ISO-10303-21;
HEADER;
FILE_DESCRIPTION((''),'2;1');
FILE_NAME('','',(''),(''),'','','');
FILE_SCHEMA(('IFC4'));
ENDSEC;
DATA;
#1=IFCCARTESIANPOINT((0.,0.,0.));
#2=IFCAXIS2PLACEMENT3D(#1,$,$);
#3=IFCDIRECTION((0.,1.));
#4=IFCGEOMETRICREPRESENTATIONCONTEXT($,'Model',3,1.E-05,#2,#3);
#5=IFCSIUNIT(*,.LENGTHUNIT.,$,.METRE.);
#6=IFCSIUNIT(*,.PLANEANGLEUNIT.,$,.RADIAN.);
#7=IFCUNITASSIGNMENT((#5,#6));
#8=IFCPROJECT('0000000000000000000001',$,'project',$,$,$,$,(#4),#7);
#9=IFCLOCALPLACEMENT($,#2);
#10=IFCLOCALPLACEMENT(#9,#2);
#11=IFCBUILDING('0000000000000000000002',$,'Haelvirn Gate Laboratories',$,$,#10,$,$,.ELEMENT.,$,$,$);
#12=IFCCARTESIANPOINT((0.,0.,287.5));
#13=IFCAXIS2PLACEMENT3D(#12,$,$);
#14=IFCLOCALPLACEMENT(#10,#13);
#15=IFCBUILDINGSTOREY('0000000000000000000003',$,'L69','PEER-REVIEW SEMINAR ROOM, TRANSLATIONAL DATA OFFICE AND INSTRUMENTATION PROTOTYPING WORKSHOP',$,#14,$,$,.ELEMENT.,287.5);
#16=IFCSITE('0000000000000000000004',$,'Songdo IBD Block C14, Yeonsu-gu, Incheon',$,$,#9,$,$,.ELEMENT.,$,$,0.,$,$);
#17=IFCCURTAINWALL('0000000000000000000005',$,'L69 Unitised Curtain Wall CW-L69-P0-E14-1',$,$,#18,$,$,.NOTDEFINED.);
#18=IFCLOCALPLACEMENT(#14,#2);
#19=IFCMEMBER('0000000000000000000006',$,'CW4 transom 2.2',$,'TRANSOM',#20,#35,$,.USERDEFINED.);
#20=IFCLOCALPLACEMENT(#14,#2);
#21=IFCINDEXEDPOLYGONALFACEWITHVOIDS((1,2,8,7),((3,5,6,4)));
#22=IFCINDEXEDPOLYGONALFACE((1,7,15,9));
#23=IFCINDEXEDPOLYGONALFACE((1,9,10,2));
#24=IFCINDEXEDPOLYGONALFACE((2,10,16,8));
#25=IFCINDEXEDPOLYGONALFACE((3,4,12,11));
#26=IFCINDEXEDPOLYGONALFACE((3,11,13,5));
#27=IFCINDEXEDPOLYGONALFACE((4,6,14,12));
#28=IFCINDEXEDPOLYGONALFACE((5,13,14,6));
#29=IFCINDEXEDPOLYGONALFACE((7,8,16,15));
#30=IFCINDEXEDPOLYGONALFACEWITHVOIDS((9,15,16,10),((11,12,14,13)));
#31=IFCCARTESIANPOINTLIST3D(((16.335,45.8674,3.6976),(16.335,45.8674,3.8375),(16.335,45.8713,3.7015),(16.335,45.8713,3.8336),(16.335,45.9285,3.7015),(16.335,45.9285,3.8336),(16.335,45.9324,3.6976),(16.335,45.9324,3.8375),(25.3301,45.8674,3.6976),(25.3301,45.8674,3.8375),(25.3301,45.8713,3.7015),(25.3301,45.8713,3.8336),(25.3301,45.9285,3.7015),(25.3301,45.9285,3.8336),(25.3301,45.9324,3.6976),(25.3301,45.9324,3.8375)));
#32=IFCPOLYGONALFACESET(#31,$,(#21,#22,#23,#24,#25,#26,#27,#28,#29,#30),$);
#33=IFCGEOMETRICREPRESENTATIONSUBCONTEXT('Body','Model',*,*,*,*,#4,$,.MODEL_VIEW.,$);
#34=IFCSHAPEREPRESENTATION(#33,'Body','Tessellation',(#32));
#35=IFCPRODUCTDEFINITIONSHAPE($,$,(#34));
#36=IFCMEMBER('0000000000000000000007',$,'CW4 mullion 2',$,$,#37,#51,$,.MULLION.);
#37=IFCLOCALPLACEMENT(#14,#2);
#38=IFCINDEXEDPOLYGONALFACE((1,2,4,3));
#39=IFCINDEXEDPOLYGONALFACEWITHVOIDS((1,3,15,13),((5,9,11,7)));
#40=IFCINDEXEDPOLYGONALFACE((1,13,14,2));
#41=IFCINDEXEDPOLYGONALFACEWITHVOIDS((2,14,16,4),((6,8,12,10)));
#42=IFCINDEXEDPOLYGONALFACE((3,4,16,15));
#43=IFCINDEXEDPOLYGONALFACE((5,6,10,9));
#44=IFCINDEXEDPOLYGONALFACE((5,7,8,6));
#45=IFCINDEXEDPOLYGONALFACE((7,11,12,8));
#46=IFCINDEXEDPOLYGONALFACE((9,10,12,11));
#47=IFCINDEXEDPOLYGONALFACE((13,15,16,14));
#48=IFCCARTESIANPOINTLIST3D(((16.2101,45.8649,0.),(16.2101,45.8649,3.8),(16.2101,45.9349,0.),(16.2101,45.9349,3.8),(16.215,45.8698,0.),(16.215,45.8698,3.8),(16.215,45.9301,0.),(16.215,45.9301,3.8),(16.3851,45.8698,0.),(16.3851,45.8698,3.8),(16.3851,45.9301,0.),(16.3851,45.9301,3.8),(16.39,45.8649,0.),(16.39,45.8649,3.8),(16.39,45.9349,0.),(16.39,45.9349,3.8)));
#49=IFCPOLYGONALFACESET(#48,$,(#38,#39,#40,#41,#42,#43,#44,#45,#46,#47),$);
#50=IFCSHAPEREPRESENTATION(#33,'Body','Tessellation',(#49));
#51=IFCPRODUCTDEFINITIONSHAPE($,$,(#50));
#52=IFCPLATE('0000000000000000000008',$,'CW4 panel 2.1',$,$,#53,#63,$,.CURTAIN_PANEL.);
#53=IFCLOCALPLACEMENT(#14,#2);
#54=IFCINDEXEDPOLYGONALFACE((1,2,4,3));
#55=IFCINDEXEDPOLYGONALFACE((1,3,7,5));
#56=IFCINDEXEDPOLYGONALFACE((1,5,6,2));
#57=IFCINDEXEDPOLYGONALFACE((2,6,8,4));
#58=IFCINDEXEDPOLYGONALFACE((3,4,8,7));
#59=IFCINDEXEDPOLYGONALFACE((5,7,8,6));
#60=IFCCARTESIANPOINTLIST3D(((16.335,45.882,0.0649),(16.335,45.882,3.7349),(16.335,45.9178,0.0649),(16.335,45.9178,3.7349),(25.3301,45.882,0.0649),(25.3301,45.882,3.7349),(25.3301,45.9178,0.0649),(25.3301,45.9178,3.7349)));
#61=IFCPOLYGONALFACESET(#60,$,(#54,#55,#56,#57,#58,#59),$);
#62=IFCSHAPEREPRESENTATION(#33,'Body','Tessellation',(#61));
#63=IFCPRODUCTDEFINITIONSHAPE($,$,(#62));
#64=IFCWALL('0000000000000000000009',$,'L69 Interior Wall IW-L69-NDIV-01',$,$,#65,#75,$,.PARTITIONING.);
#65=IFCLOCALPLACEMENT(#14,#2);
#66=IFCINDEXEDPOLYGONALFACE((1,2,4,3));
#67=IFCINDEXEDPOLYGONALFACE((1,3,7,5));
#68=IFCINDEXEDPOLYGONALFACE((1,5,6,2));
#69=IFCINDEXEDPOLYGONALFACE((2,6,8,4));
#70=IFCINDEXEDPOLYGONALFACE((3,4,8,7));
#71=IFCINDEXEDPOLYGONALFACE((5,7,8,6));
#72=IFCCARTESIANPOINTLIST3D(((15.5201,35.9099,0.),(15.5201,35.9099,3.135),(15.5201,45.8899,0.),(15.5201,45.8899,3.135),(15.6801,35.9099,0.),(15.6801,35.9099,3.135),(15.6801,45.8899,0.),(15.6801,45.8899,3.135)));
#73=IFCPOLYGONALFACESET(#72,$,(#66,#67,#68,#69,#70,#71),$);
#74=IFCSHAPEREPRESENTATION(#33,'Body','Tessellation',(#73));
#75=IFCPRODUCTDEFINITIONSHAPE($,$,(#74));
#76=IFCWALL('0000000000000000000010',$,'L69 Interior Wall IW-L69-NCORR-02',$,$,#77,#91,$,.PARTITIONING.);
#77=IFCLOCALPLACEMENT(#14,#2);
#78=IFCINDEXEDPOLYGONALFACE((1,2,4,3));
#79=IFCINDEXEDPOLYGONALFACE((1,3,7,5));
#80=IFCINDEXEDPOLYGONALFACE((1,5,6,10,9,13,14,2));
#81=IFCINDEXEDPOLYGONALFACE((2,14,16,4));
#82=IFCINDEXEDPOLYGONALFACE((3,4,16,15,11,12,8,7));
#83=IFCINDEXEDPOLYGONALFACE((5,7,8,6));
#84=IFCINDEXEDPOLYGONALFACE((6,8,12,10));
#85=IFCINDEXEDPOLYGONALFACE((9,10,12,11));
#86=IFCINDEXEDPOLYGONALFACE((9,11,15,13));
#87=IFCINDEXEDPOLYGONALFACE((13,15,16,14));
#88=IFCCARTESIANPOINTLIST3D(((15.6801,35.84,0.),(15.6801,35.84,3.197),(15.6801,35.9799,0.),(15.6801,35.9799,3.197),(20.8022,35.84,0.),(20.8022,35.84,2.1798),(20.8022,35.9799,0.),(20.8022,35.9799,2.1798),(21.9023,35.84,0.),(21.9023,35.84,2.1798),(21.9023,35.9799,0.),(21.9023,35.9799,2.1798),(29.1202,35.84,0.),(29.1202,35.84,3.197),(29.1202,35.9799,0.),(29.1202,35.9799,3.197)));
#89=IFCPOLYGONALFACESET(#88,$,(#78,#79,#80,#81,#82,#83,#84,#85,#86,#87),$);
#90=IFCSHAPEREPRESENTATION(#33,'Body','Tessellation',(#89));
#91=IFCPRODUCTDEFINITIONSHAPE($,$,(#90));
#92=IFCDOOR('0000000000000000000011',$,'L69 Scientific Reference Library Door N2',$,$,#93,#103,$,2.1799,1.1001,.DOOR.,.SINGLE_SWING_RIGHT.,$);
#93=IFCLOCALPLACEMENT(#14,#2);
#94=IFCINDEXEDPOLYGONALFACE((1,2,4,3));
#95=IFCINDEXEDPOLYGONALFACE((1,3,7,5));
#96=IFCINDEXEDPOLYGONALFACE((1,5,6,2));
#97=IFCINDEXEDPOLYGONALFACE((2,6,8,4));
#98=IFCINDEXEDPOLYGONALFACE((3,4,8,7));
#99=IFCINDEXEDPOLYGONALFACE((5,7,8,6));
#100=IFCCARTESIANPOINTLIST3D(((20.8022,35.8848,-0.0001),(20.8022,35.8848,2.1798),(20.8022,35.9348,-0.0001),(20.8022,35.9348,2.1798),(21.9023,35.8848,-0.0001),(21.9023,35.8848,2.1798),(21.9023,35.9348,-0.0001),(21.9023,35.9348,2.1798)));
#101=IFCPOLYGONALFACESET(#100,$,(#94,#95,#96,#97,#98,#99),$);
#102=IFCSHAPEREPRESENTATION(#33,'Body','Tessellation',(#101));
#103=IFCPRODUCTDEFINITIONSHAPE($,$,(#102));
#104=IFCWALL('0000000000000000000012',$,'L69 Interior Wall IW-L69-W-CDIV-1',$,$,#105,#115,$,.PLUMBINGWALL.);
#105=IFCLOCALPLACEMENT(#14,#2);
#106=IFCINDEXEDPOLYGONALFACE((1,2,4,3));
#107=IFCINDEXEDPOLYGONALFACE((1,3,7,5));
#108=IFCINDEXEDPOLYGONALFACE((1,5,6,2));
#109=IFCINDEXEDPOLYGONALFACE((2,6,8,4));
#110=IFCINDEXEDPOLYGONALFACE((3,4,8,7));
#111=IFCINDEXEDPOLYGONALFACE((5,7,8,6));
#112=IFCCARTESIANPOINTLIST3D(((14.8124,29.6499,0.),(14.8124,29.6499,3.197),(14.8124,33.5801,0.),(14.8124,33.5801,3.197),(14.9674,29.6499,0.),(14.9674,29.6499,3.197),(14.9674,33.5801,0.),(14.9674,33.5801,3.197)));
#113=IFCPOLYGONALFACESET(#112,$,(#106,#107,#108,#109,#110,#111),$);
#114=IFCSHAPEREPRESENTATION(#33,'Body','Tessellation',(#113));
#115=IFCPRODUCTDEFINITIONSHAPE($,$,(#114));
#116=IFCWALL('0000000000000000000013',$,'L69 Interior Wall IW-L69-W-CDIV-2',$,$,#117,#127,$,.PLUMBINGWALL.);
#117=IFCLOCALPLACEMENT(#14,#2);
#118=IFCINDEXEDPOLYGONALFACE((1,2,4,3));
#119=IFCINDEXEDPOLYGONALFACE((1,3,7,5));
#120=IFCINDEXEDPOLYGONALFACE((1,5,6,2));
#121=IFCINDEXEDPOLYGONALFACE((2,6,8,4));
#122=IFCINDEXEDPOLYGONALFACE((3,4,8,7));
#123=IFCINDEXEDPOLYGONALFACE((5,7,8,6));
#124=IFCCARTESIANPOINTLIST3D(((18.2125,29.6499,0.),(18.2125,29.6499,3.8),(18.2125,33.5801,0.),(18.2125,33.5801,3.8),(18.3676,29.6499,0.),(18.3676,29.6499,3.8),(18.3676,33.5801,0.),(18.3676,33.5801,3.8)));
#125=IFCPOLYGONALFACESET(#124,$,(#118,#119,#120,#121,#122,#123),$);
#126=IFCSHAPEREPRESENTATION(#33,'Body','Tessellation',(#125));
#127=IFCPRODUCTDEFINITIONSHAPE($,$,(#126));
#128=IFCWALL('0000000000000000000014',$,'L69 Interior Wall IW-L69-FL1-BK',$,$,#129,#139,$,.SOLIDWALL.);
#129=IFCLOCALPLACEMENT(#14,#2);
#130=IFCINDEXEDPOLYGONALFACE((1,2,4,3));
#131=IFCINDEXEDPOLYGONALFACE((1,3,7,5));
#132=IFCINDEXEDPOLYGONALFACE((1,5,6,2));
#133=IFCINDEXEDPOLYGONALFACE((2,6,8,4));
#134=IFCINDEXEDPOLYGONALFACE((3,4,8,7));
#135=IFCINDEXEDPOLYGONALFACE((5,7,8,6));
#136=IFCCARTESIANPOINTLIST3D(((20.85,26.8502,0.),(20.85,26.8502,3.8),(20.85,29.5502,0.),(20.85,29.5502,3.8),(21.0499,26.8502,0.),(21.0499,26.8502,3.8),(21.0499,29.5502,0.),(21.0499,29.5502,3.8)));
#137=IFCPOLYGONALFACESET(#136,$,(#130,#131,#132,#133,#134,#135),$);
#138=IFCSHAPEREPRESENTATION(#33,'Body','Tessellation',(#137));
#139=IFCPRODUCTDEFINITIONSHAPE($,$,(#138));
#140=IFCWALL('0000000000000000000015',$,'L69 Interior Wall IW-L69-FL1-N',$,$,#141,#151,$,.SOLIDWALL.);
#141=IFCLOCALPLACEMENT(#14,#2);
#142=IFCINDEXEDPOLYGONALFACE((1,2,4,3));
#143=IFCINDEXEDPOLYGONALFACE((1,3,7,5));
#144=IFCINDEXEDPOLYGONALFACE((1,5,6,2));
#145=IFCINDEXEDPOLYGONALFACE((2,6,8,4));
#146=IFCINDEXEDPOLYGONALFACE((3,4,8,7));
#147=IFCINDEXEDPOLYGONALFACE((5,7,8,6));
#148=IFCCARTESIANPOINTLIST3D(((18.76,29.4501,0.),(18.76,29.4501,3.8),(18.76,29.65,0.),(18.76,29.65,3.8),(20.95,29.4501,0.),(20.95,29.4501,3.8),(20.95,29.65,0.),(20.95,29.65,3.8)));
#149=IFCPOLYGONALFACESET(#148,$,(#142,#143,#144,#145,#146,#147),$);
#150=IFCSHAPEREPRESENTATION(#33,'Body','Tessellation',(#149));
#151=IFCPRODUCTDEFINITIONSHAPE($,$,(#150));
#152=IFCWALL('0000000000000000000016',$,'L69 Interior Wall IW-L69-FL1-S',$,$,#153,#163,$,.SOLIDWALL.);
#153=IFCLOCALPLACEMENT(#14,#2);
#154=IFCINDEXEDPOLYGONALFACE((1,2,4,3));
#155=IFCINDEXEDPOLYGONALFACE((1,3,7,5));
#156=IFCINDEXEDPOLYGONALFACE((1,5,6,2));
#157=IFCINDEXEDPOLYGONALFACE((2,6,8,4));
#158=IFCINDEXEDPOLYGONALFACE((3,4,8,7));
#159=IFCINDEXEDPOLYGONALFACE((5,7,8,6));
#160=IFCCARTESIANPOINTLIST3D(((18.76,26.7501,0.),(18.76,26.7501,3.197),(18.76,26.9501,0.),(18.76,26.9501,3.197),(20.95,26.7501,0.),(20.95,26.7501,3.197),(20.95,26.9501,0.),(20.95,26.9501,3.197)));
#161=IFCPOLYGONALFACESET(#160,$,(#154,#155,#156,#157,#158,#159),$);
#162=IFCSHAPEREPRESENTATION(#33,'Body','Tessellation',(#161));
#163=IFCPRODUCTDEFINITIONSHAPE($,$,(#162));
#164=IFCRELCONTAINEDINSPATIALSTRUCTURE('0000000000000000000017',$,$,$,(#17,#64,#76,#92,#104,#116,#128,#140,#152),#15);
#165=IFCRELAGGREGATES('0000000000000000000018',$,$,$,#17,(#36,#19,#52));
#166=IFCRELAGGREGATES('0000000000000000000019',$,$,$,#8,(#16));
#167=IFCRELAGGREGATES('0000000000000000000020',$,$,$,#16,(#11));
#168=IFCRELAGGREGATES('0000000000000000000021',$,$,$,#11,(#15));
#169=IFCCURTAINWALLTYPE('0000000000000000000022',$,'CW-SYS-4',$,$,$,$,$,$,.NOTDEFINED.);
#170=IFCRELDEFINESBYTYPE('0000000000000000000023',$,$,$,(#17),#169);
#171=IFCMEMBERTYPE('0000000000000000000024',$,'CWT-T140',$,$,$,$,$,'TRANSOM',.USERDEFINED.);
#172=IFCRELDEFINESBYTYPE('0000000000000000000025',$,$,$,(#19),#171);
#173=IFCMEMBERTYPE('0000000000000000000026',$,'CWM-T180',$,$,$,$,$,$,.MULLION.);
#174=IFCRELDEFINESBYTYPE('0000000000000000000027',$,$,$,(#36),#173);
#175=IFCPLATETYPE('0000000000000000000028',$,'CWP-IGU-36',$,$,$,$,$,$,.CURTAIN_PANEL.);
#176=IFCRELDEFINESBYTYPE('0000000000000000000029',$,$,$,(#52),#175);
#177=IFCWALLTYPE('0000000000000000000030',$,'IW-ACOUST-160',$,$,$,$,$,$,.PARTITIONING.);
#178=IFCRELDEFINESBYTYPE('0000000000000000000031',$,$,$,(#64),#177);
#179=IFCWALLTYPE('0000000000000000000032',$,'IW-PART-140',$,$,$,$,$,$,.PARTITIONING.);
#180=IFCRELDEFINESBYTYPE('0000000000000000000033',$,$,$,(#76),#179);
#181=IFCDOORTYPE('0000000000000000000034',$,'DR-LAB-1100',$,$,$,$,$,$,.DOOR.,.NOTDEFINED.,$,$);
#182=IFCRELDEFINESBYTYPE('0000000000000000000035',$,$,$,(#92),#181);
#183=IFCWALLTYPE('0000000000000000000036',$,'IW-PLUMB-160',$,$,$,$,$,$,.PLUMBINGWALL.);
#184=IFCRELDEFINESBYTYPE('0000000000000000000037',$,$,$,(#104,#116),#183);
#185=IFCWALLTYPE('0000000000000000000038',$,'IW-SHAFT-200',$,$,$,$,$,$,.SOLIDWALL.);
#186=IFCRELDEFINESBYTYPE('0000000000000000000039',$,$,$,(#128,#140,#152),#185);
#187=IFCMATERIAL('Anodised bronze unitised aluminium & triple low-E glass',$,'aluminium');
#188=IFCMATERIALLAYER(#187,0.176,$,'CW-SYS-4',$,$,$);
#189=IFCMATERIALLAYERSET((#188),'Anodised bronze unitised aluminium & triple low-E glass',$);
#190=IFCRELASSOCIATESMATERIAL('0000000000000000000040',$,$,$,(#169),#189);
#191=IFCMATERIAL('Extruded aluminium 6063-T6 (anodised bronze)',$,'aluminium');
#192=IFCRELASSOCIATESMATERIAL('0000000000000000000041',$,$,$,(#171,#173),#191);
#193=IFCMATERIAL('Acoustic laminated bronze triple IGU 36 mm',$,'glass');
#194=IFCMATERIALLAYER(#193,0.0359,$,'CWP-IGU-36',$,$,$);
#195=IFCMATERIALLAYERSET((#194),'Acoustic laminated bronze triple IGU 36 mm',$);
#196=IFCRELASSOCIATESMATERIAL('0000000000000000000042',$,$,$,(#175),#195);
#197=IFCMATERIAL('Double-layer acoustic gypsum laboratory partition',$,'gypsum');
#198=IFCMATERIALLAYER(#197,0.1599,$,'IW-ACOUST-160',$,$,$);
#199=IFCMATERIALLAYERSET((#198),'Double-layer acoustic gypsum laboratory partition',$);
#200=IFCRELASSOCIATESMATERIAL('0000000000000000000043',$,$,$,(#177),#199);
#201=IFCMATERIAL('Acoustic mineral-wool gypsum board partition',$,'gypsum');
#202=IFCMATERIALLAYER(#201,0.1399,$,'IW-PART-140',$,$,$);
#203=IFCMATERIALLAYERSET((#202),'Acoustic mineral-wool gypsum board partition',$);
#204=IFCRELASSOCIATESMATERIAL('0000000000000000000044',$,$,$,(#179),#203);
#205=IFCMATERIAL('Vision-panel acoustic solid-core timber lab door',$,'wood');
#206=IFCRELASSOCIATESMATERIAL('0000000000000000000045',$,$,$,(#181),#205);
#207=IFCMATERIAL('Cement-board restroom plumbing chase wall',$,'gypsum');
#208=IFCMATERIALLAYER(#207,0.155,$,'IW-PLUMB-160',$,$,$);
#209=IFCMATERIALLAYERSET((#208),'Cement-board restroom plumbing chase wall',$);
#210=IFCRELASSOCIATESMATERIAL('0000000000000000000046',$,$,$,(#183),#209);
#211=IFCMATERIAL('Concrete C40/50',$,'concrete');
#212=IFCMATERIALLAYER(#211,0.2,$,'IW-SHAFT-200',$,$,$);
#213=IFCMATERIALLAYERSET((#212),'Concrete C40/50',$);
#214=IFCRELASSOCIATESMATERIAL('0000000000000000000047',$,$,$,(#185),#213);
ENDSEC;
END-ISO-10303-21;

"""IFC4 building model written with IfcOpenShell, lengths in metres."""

from ifc_helpers import new_model, si_unit, direction, frame, frame_2d, origin, origin_2d, place, context, subcontext, project, spatial, rectangle, hollow_rectangle, extrude, source, transform, mapped, material, layer, layer_set, material_profile, profile_set, type_object, type_shapes, element, fill, aggregate, save


model = new_model("IFC4")

# Units and contexts
model_context = context("Model", 3, precision=1e-05, world=origin(), true_north=direction((0.0, 1.0)))
body_context = subcontext(model_context, "Body", "Model", "MODEL_VIEW")
ifc_project = project(units=[si_unit("LENGTHUNIT", "METRE"), si_unit("PLANEANGLEUNIT", "RADIAN")], contexts=[model_context])

# Site, building, storey
site_placement = place(None, origin())
site = spatial("IfcSite", under=ifc_project, at=site_placement, Name="Songdo IBD Block C14, Yeonsu-gu, Incheon", CompositionType="ELEMENT", RefElevation=0.0)
building_placement = place(site_placement, origin())
building = spatial("IfcBuilding", under=site, at=building_placement, Name="Haelvirn Gate Laboratories", CompositionType="ELEMENT")
storey_placement = place(building_placement, frame((0.0, 0.0, 287.5)))
storey = spatial("IfcBuildingStorey", under=building, at=storey_placement, Name="L69", Description="PEER-REVIEW SEMINAR ROOM, TRANSLATIONAL DATA OFFICE AND INSTRUMENTATION PROTOTYPING WORKSHOP", CompositionType="ELEMENT", Elevation=287.5)

# Curtain wall, members, plate
ifc_material_1 = material(Name="Anodised bronze unitised aluminium & triple low-E glass", Category="aluminium")
ifc_layer_1 = layer(ifc_material_1, 0.176, Name="CW-SYS-4")
ifc_layer_set_1 = layer_set([ifc_layer_1], Name="Anodised bronze unitised aluminium & triple low-E glass")
curtain_wall_type = type_object("IfcCurtainWallType", Name="CW-SYS-4", PredefinedType="NOTDEFINED", material=ifc_layer_set_1)
curtain_wall_placement = place(storey_placement, origin())
curtain_wall = element("IfcCurtainWall", 1, at=curtain_wall_placement, inside=storey, type_object=curtain_wall_type, Name="L69 Unitised Curtain Wall CW-L69-P0-E14-1", PredefinedType="NOTDEFINED")
ifc_material_2 = material(Name="Extruded aluminium 6063-T6 (anodised bronze)", Category="aluminium")
ifc_material_profile_1 = material_profile(ifc_material_2, hollow_rectangle(XDim=0.0649, YDim=0.1399, WallThickness=0.0039, at=origin_2d()), Name="CWT-140x65x4")
ifc_profile_set_1 = profile_set([ifc_material_profile_1], Name="Extruded aluminium 6063-T6 (anodised bronze)")
member_type_1 = type_object("IfcMemberType", Name="CWT-T140", ElementType="TRANSOM", PredefinedType="USERDEFINED", material=ifc_profile_set_1)
shared_shape_1 = source(origin(), body_context, "Body", "SweptSolid", [
    extrude(hollow_rectangle(XDim=0.0649, YDim=0.1399, WallThickness=0.0039, at=origin_2d()), origin(), (0.0, 0.0, 1.0), 8.9951),
])
type_shapes(member_type_1, [shared_shape_1])
member_1_placement = place(storey_placement, frame((16.335, 45.8999, 3.7676), z_axis=(1.0, 0.0, 0.0), x_axis=(0.0, 1.0, 0.0)))
member_1 = element("IfcMember", 2, at=member_1_placement, type_object=member_type_1, Name="CW4 transom 2.2", ObjectType="TRANSOM", PredefinedType="USERDEFINED", context=body_context, shape_type="MappedRepresentation", body=[
    mapped(shared_shape_1, transform((0.0, 0.0, 0.0), scale=1.0)),
])
ifc_material_profile_2 = material_profile(ifc_material_2, hollow_rectangle(XDim=0.0701, YDim=0.1799, WallThickness=0.0049, at=origin_2d()), Name="CWM-180x70x5")
ifc_profile_set_2 = profile_set([ifc_material_profile_2], Name="Extruded aluminium 6063-T6 (anodised bronze)")
member_type_2 = type_object("IfcMemberType", Name="CWM-T180", PredefinedType="MULLION", material=ifc_profile_set_2)
shared_shape_2 = source(origin(), body_context, "Body", "SweptSolid", [
    extrude(hollow_rectangle(XDim=0.0701, YDim=0.1799, WallThickness=0.0049, at=origin_2d()), origin(), (0.0, 0.0, 1.0), 3.8),
])
type_shapes(member_type_2, [shared_shape_2])
member_2_placement = place(storey_placement, frame((16.3, 45.8999, 0.0), z_axis=(0.0, 0.0, 1.0), x_axis=(0.0, 1.0, 0.0)))
member_2 = element("IfcMember", 3, at=member_2_placement, type_object=member_type_2, Name="CW4 mullion 2", PredefinedType="MULLION", context=body_context, shape_type="MappedRepresentation", body=[
    mapped(shared_shape_2, transform((0.0, 0.0, 0.0), scale=1.0)),
])
ifc_material_3 = material(Name="Acoustic laminated bronze triple IGU 36 mm", Category="glass")
ifc_layer_2 = layer(ifc_material_3, 0.0359, Name="CWP-IGU-36")
ifc_layer_set_2 = layer_set([ifc_layer_2], Name="Acoustic laminated bronze triple IGU 36 mm")
plate_type = type_object("IfcPlateType", Name="CWP-IGU-36", PredefinedType="CURTAIN_PANEL", material=ifc_layer_set_2)
shared_shape_3 = source(origin(), body_context, "Body", "SweptSolid", [
    extrude(rectangle(XDim=8.9951, YDim=0.0359, at=origin_2d()), origin(), (0.0, 0.0, 1.0), 3.6699),
])
type_shapes(plate_type, [shared_shape_3])
plate_placement = place(storey_placement, frame((20.8325, 45.8999, 0.0649), z_axis=(0.0, 0.0, 1.0), x_axis=(1.0, 0.0, 0.0)))
plate = element("IfcPlate", 4, at=plate_placement, type_object=plate_type, Name="CW4 panel 2.1", PredefinedType="CURTAIN_PANEL", context=body_context, shape_type="MappedRepresentation", body=[
    mapped(shared_shape_3, transform((0.0, 0.0, 0.0), scale=1.0)),
])
aggregate(curtain_wall, [member_2, member_1, plate])

# Wall
ifc_material_4 = material(Name="Double-layer acoustic gypsum laboratory partition", Category="gypsum")
ifc_layer_3 = layer(ifc_material_4, 0.1599, Name="IW-ACOUST-160")
ifc_layer_set_3 = layer_set([ifc_layer_3], Name="Double-layer acoustic gypsum laboratory partition")
wall_type_1 = type_object("IfcWallType", Name="IW-ACOUST-160", PredefinedType="PARTITIONING", material=ifc_layer_set_3)
wall_1_placement = place(storey_placement, frame((15.6001, 35.9099, 0.0), z_axis=(0.0, 0.0, 1.0), x_axis=(0.0, 1.0, 0.0)))
element("IfcWall", 5, at=wall_1_placement, inside=storey, type_object=wall_type_1, Name="L69 Interior Wall IW-L69-NDIV-01", PredefinedType="PARTITIONING", context=body_context, shape_type="SweptSolid", body=[
    extrude(rectangle(XDim=9.98, YDim=0.1599, at=frame_2d((4.99, 0.0))), origin(), (0.0, 0.0, 1.0), 3.135),
])

# Wall, opening, door
ifc_material_5 = material(Name="Acoustic mineral-wool gypsum board partition", Category="gypsum")
ifc_layer_4 = layer(ifc_material_5, 0.1399, Name="IW-PART-140")
ifc_layer_set_4 = layer_set([ifc_layer_4], Name="Acoustic mineral-wool gypsum board partition")
wall_type_2 = type_object("IfcWallType", Name="IW-PART-140", PredefinedType="PARTITIONING", material=ifc_layer_set_4)
wall_2_placement = place(storey_placement, frame((15.6799, 35.9099, 0.0), z_axis=(0.0, 0.0, 1.0), x_axis=(1.0, 0.0, 0.0)))
wall_2 = element("IfcWall", 6, at=wall_2_placement, inside=storey, type_object=wall_type_2, Name="L69 Interior Wall IW-L69-NCORR-02", PredefinedType="PARTITIONING", context=body_context, shape_type="SweptSolid", body=[
    extrude(rectangle(XDim=13.4402, YDim=0.1399, at=frame_2d((6.7202, 0.0))), origin(), (0.0, 0.0, 1.0), 3.197),
])
opening_placement = place(wall_2_placement, frame((5.1223, 0.0, 0.0)))
opening = element("IfcOpeningElement", 7, at=opening_placement, cuts=wall_2, PredefinedType="OPENING", context=body_context, shape_type="SweptSolid", body=[
    extrude(rectangle(XDim=1.1001, YDim=2.1799, at=frame_2d((0.55, 1.0898))), frame((0.0, 0.0801, 0.0), z_axis=(0.0, -1.0, 0.0), x_axis=(1.0, 0.0, 0.0)), (0.0, 0.0, 1.0), 0.1599),
])
ifc_material_6 = material(Name="Vision-panel acoustic solid-core timber lab door", Category="wood")
door_type = type_object("IfcDoorType", Name="DR-LAB-1100", OperationType="NOTDEFINED", PredefinedType="DOOR", material=ifc_material_6)
shared_shape_4 = source(origin(), body_context, "Body", "SweptSolid", [
    extrude(rectangle(XDim=1.1001, YDim=2.1799, at=frame_2d((0.55, 1.0898))), frame((0.0, 0.0249, 0.0), z_axis=(0.0, -1.0, 0.0), x_axis=(1.0, 0.0, 0.0)), (0.0, 0.0, 1.0), 0.05),
])
type_shapes(door_type, [shared_shape_4])
door_placement = place(opening_placement, origin())
door = element("IfcDoor", 8, at=door_placement, inside=storey, type_object=door_type, Name="L69 Scientific Reference Library Door N2", OperationType="SINGLE_SWING_RIGHT", OverallHeight=2.1799, OverallWidth=1.1001, PredefinedType="DOOR", context=body_context, shape_type="MappedRepresentation", body=[
    mapped(shared_shape_4, transform((0.0, 0.0, 0.0), scale=1.0)),
])
fill(opening, door)

# Walls
ifc_material_7 = material(Name="Cement-board restroom plumbing chase wall", Category="gypsum")
ifc_layer_5 = layer(ifc_material_7, 0.155, Name="IW-PLUMB-160")
ifc_layer_set_5 = layer_set([ifc_layer_5], Name="Cement-board restroom plumbing chase wall")
wall_type_3 = type_object("IfcWallType", Name="IW-PLUMB-160", PredefinedType="PLUMBINGWALL", material=ifc_layer_set_5)
wall_3_placement = place(storey_placement, frame((14.8899, 29.6499, 0.0), z_axis=(0.0, 0.0, 1.0), x_axis=(0.0, 1.0, 0.0)))
element("IfcWall", 9, at=wall_3_placement, inside=storey, type_object=wall_type_3, Name="L69 Interior Wall IW-L69-W-CDIV-1", PredefinedType="PLUMBINGWALL", context=body_context, shape_type="SweptSolid", body=[
    extrude(rectangle(XDim=3.9302, YDim=0.155, at=frame_2d((1.9651, 0.0))), origin(), (0.0, 0.0, 1.0), 3.197),
])
wall_4_placement = place(storey_placement, frame((18.29, 29.6499, 0.0), z_axis=(0.0, 0.0, 1.0), x_axis=(0.0, 1.0, 0.0)))
element("IfcWall", 10, at=wall_4_placement, inside=storey, type_object=wall_type_3, Name="L69 Interior Wall IW-L69-W-CDIV-2", PredefinedType="PLUMBINGWALL", context=body_context, shape_type="SweptSolid", body=[
    extrude(rectangle(XDim=3.9302, YDim=0.155, at=frame_2d((1.9651, 0.0))), origin(), (0.0, 0.0, 1.0), 3.8),
])
ifc_material_8 = material(Name="Concrete C40/50", Category="concrete")
ifc_layer_6 = layer(ifc_material_8, 0.2, Name="IW-SHAFT-200")
ifc_layer_set_6 = layer_set([ifc_layer_6], Name="Concrete C40/50")
wall_type_4 = type_object("IfcWallType", Name="IW-SHAFT-200", PredefinedType="SOLIDWALL", material=ifc_layer_set_6)
wall_5_placement = place(storey_placement, frame((20.95, 26.8501, 0.0), z_axis=(0.0, 0.0, 1.0), x_axis=(0.0, 1.0, 0.0)))
element("IfcWall", 11, at=wall_5_placement, inside=storey, type_object=wall_type_4, Name="L69 Interior Wall IW-L69-FL1-BK", PredefinedType="SOLIDWALL", context=body_context, shape_type="SweptSolid", body=[
    extrude(rectangle(XDim=2.7, YDim=0.2, at=frame_2d((1.3501, 0.0))), origin(), (0.0, 0.0, 1.0), 3.8),
])
wall_6_placement = place(storey_placement, frame((18.76, 29.55, 0.0), z_axis=(0.0, 0.0, 1.0), x_axis=(1.0, 0.0, 0.0)))
element("IfcWall", 12, at=wall_6_placement, inside=storey, type_object=wall_type_4, Name="L69 Interior Wall IW-L69-FL1-N", PredefinedType="SOLIDWALL", context=body_context, shape_type="SweptSolid", body=[
    extrude(rectangle(XDim=2.1899, YDim=0.2, at=frame_2d((1.095, 0.0))), origin(), (0.0, 0.0, 1.0), 3.8),
])
wall_7_placement = place(storey_placement, frame((18.76, 26.8501, 0.0), z_axis=(0.0, 0.0, 1.0), x_axis=(1.0, 0.0, 0.0)))
element("IfcWall", 13, at=wall_7_placement, inside=storey, type_object=wall_type_4, Name="L69 Interior Wall IW-L69-FL1-S", PredefinedType="SOLIDWALL", context=body_context, shape_type="SweptSolid", body=[
    extrude(rectangle(XDim=2.1899, YDim=0.2, at=frame_2d((1.095, 0.0))), origin(), (0.0, 0.0, 1.0), 3.197),
])

save(model, "model.ifc")
